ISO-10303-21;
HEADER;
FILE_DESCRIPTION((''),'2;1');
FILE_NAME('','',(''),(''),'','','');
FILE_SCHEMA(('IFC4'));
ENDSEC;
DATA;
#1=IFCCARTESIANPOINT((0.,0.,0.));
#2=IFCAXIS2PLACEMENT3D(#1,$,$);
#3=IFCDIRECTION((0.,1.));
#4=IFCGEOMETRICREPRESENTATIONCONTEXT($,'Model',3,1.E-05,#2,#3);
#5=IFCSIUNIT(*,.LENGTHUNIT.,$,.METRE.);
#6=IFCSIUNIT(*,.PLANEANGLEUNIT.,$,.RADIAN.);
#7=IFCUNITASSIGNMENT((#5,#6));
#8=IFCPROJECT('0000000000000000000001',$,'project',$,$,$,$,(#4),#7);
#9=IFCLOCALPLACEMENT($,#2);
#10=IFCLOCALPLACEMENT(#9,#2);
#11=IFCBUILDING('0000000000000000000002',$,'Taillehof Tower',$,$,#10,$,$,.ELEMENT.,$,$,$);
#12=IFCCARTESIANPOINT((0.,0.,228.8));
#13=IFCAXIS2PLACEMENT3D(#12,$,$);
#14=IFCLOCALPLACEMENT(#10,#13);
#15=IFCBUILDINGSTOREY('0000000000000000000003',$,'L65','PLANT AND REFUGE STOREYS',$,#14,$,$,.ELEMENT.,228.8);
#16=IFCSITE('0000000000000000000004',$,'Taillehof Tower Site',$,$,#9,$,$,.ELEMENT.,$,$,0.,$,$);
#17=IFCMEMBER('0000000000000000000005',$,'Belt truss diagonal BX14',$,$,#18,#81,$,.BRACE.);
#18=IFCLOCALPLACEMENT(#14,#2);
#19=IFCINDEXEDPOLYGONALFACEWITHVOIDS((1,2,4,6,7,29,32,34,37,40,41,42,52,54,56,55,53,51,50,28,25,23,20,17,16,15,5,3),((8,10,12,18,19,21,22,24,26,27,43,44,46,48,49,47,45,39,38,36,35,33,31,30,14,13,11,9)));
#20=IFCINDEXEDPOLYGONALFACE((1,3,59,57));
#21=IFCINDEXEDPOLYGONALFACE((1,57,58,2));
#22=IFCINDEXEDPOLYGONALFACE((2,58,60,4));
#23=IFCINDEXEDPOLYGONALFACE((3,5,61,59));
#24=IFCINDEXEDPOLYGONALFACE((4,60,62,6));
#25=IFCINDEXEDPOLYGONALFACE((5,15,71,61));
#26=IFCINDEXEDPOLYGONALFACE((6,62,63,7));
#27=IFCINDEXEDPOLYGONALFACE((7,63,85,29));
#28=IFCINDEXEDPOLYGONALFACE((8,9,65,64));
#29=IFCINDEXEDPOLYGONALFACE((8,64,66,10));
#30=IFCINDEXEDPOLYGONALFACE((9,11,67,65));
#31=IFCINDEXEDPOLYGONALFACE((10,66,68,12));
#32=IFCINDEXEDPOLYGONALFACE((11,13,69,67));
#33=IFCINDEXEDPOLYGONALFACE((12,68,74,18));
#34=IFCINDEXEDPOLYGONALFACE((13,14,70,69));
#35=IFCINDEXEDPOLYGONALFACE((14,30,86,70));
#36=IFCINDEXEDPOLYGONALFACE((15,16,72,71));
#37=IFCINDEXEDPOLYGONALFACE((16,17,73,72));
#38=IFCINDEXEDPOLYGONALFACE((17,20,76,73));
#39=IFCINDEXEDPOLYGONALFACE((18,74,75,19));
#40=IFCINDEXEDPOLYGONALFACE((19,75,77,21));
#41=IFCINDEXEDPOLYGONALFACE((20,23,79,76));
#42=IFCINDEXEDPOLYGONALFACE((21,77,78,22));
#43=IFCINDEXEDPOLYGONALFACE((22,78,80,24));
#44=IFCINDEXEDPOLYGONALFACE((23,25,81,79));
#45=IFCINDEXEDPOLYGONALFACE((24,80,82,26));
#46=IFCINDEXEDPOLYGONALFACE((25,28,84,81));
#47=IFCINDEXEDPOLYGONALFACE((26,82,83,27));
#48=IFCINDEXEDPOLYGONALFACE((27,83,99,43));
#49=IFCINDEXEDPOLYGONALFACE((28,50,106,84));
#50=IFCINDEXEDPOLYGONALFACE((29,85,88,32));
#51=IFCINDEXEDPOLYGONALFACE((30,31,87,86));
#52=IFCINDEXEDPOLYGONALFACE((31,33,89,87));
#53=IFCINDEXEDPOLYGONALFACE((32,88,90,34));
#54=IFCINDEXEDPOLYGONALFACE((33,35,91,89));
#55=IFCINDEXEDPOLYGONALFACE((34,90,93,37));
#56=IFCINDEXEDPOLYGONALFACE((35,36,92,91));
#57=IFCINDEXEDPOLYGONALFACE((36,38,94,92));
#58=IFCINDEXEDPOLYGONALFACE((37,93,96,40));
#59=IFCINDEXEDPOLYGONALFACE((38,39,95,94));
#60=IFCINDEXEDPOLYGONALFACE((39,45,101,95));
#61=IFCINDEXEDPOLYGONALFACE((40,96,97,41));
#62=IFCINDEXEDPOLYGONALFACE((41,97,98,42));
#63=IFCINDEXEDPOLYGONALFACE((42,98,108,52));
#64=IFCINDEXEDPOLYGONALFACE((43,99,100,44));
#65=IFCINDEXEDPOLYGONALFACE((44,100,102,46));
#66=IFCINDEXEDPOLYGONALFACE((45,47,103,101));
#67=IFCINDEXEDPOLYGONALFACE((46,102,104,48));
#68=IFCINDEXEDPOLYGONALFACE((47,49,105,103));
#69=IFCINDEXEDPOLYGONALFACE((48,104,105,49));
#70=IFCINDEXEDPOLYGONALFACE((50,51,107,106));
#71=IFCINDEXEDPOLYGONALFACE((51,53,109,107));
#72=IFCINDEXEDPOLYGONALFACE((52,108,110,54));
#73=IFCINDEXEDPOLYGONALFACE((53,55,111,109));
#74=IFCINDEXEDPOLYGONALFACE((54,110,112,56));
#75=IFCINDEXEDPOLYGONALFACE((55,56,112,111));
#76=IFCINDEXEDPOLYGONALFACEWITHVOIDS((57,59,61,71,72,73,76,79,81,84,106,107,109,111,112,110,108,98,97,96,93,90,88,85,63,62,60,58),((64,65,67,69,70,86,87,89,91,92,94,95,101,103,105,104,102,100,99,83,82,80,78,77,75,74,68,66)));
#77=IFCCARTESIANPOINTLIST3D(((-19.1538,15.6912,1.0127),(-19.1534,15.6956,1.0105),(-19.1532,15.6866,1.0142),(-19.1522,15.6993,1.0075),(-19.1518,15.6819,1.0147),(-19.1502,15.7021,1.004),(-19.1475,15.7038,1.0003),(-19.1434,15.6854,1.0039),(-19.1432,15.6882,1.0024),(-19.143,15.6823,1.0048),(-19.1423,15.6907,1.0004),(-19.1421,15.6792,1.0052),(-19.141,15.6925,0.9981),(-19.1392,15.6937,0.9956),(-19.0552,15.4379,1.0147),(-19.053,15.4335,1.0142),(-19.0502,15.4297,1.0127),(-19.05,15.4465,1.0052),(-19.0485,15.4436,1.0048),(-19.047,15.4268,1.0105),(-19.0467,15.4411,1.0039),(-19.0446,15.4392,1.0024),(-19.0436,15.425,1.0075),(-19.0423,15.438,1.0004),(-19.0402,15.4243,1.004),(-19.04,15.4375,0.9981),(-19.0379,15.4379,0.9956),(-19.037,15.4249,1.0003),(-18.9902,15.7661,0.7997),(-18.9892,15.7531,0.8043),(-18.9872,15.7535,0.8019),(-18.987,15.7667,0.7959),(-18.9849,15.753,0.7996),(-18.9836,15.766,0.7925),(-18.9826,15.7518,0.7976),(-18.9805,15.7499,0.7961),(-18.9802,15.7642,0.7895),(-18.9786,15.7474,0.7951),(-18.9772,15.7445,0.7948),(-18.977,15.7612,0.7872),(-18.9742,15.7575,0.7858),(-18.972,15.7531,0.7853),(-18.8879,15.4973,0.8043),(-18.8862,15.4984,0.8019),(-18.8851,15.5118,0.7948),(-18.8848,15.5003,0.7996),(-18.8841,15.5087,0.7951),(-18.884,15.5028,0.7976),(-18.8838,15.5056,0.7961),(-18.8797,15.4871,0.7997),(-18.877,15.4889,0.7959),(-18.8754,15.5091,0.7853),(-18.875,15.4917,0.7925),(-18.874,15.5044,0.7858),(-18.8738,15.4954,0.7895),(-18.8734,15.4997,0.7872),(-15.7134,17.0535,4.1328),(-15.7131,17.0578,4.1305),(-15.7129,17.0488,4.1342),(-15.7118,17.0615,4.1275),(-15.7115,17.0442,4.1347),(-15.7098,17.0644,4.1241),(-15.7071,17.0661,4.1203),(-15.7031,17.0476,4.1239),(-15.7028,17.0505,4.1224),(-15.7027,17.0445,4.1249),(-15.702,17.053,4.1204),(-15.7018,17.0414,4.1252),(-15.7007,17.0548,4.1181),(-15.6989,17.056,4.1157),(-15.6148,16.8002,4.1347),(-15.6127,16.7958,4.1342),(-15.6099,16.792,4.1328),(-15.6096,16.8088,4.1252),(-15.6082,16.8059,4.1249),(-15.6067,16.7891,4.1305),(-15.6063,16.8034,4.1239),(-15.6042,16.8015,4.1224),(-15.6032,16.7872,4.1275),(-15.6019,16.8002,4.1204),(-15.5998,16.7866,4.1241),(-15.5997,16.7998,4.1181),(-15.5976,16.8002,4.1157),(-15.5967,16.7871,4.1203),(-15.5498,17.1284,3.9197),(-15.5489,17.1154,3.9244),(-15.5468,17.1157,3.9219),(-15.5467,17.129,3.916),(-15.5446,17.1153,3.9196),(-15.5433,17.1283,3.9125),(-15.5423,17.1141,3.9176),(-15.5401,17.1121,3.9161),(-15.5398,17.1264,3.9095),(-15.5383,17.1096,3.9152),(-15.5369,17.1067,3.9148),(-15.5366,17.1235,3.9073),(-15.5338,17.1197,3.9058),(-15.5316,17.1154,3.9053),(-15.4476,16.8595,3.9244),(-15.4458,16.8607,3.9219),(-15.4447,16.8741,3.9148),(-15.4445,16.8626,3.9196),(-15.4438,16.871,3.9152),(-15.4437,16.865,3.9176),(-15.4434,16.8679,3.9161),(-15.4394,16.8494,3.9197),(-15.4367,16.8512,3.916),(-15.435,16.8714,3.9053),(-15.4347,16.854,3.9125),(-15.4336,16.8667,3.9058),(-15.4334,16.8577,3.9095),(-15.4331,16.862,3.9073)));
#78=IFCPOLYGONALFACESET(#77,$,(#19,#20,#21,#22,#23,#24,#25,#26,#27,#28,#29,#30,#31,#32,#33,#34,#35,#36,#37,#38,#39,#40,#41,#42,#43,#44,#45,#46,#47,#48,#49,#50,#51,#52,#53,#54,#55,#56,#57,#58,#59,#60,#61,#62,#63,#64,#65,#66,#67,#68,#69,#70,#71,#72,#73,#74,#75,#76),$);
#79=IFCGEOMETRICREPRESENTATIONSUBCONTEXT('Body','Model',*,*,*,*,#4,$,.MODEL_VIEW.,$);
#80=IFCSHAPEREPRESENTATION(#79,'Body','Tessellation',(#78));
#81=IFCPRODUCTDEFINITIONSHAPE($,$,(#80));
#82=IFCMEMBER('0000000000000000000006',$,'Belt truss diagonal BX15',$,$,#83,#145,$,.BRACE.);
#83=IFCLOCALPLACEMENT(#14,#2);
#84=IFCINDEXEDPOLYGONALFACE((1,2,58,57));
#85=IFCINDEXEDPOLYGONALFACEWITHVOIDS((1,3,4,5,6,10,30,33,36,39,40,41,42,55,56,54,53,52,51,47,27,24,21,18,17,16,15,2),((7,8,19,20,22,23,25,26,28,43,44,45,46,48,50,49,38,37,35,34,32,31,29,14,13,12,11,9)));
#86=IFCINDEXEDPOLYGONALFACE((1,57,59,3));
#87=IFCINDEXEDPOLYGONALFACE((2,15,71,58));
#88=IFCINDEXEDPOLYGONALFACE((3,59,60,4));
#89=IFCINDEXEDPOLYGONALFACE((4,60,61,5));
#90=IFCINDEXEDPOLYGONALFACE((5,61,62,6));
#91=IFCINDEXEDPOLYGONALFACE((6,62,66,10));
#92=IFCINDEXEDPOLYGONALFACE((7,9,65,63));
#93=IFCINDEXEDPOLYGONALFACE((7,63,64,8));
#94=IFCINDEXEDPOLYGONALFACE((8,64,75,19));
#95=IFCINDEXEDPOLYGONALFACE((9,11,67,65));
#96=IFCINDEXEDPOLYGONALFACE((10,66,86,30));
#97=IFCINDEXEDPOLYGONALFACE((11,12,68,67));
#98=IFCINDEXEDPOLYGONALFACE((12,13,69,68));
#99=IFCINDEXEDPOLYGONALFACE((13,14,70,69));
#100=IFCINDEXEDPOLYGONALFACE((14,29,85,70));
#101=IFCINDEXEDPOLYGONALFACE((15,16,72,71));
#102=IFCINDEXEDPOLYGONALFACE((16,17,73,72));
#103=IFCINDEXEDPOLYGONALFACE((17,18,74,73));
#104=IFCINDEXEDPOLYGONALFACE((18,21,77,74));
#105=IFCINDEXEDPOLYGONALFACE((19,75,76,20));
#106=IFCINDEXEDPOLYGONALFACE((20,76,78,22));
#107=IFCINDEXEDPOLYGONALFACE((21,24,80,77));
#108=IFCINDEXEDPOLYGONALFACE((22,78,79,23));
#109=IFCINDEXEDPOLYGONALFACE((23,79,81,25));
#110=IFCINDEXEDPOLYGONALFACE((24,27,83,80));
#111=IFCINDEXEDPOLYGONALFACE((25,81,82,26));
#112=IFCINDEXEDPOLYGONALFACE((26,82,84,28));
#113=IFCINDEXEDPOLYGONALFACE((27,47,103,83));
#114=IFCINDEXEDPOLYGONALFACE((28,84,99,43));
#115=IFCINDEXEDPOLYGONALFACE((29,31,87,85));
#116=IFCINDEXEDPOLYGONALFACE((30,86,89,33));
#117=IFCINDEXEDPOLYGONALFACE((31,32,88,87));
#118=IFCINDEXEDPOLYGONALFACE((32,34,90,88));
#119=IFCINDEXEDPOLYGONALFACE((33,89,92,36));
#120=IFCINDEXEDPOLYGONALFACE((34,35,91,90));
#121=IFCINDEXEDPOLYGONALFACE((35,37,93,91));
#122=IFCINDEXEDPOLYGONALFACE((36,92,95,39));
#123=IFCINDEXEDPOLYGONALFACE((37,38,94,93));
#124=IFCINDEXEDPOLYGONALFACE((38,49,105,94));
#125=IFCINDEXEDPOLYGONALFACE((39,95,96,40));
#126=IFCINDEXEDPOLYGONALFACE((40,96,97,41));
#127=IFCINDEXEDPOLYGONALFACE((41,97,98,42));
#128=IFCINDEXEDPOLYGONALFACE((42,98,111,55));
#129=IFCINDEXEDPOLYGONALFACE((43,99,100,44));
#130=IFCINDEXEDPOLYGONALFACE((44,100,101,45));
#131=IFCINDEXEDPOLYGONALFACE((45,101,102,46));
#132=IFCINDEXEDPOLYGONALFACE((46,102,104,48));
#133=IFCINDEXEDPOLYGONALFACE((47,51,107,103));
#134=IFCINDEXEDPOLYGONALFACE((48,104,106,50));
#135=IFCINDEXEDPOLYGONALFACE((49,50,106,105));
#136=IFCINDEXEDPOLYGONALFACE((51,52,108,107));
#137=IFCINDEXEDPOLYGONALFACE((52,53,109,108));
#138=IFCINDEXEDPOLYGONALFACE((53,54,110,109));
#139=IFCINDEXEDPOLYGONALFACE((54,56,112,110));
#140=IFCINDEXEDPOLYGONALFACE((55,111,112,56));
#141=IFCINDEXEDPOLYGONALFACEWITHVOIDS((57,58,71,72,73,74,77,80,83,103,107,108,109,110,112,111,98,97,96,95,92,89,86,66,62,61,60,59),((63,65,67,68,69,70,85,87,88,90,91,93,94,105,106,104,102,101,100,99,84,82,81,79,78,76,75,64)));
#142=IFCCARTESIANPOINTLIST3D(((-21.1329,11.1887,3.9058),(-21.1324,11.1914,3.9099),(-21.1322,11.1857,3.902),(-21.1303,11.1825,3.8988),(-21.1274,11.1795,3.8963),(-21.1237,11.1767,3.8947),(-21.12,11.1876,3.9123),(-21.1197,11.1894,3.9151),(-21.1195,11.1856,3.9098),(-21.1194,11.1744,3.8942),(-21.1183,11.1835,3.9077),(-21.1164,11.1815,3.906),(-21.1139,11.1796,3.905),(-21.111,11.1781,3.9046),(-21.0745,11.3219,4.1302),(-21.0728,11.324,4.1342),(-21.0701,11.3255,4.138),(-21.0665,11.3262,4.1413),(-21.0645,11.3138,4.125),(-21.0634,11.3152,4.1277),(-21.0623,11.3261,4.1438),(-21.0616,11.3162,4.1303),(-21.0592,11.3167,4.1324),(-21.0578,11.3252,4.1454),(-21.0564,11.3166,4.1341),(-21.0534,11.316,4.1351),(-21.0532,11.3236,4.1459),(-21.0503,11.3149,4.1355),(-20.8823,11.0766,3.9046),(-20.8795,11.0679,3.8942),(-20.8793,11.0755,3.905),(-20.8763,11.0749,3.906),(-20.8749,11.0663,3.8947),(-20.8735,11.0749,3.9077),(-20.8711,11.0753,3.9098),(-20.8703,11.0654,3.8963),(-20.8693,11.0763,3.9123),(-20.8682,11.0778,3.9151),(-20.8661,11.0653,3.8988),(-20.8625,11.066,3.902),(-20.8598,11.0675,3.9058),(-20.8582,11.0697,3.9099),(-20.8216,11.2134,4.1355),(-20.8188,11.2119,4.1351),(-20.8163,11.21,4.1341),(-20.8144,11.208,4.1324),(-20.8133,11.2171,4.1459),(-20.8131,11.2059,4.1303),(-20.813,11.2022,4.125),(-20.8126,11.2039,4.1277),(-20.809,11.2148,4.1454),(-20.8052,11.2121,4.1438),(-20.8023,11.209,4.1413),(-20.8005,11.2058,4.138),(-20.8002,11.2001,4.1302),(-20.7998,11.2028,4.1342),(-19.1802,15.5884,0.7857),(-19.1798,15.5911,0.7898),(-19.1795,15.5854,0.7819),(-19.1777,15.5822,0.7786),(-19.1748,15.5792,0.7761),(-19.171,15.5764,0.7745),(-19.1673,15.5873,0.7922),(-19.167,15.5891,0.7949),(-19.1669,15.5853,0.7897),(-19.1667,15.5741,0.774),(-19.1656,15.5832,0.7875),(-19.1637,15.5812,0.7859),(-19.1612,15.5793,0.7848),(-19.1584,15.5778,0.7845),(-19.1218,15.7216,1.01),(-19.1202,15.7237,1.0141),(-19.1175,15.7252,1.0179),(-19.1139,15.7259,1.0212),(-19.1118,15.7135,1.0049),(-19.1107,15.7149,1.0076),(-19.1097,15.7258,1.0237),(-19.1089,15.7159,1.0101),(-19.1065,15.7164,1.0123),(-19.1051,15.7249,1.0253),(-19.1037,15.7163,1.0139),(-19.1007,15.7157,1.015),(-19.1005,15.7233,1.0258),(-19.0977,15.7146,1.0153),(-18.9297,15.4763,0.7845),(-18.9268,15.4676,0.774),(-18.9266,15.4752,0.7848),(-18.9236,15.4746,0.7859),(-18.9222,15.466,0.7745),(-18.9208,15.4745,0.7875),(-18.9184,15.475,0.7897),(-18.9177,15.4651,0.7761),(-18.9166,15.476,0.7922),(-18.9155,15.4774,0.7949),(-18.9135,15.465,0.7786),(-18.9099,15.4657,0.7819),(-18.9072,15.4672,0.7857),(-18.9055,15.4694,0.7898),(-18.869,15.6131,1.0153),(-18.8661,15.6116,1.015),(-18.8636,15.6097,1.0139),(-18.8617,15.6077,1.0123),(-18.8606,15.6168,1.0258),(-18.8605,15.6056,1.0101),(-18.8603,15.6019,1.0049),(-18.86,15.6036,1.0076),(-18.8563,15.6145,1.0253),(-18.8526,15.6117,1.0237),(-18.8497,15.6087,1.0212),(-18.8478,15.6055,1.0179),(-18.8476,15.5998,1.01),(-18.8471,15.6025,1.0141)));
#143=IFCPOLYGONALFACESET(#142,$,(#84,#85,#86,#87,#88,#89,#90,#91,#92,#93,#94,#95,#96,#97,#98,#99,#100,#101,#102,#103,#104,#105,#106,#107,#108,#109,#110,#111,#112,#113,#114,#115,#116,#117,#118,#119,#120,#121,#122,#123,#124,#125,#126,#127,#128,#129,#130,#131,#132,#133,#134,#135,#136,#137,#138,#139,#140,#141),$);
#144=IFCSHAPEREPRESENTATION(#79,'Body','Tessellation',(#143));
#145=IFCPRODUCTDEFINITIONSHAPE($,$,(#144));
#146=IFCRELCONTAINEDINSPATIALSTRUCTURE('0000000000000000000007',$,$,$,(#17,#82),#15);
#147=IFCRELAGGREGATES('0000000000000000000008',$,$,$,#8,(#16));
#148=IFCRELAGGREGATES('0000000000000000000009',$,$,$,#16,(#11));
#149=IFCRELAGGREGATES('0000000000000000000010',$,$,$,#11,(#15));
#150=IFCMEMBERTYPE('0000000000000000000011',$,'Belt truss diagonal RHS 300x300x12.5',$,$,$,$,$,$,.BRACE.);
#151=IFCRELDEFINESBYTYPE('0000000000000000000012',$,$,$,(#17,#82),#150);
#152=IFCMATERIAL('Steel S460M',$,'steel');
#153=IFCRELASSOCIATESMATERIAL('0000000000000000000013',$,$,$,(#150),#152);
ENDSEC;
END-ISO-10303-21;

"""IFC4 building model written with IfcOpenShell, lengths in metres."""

from ifc_helpers import new_model, si_unit, direction, frame, origin, origin_2d, place, context, subcontext, project, spatial, hollow_rectangle, extrude, material, material_profile, profile_set, type_object, element, save


model = new_model("IFC4")

# Units and contexts
model_context = context("Model", 3, precision=1e-05, world=origin(), true_north=direction((0.0, 1.0)))
body_context = subcontext(model_context, "Body", "Model", "MODEL_VIEW")
ifc_project = project(units=[si_unit("LENGTHUNIT", "METRE"), si_unit("PLANEANGLEUNIT", "RADIAN")], contexts=[model_context])

# Site, building, storey
site_placement = place(None, origin())
site = spatial("IfcSite", under=ifc_project, at=site_placement, Name="Taillehof Tower Site", CompositionType="ELEMENT", RefElevation=0.0)
building_placement = place(site_placement, origin())
building = spatial("IfcBuilding", under=site, at=building_placement, Name="Taillehof Tower", CompositionType="ELEMENT")
storey_placement = place(building_placement, frame((0.0, 0.0, 228.8)))
storey = spatial("IfcBuildingStorey", under=building, at=storey_placement, Name="L65", Description="PLANT AND REFUGE STOREYS", CompositionType="ELEMENT", Elevation=228.8)

# Members
ifc_material_1 = material(Name="Steel S460M", Category="steel")
ifc_material_profile_1 = material_profile(ifc_material_1, hollow_rectangle(XDim=0.3, YDim=0.3, WallThickness=0.0125, InnerFilletRadius=0.0125, OuterFilletRadius=0.0188, at=origin_2d()), Name="RHS 300x300x12.5")
ifc_profile_set_1 = profile_set([ifc_material_profile_1], Name="Steel S460M")
member_type_1 = type_object("IfcMemberType", Name="Belt truss diagonal RHS 300x300x12.5", PredefinedType="BRACE", material=ifc_profile_set_1)
member_1_placement = place(storey_placement, frame((-15.5732, 16.9578, 4.02), z_axis=(-0.710803, -0.281456, -0.644625), x_axis=(0.368158, -0.929763, 0.0)))
element("IfcMember", 1, at=member_1_placement, inside=storey, type_object=member_type_1, Name="Belt truss diagonal BX14", PredefinedType="BRACE", context=body_context, shape_type="SweptSolid", body=[
    extrude(hollow_rectangle(XDim=0.3, YDim=0.3, WallThickness=0.0125, InnerFilletRadius=0.0125, OuterFilletRadius=0.0188, at=origin_2d()), origin(), (0.0, 0.0, 1.0), 4.8401),
])
member_2_placement = place(storey_placement, frame((-19.0137, 15.5955, 0.8999), z_axis=(-0.340401, -0.766988, 0.543927), x_axis=(0.914025, -0.405658, 0.0)))
element("IfcMember", 2, at=member_2_placement, inside=storey, type_object=member_type_1, Name="Belt truss diagonal BX15", PredefinedType="BRACE", context=body_context, shape_type="SweptSolid", body=[
    extrude(hollow_rectangle(XDim=0.3, YDim=0.3, WallThickness=0.0125, InnerFilletRadius=0.0125, OuterFilletRadius=0.0188, at=origin_2d()), origin(), (0.0, 0.0, 1.0), 5.7363),
])

save(model, "model.ifc")
